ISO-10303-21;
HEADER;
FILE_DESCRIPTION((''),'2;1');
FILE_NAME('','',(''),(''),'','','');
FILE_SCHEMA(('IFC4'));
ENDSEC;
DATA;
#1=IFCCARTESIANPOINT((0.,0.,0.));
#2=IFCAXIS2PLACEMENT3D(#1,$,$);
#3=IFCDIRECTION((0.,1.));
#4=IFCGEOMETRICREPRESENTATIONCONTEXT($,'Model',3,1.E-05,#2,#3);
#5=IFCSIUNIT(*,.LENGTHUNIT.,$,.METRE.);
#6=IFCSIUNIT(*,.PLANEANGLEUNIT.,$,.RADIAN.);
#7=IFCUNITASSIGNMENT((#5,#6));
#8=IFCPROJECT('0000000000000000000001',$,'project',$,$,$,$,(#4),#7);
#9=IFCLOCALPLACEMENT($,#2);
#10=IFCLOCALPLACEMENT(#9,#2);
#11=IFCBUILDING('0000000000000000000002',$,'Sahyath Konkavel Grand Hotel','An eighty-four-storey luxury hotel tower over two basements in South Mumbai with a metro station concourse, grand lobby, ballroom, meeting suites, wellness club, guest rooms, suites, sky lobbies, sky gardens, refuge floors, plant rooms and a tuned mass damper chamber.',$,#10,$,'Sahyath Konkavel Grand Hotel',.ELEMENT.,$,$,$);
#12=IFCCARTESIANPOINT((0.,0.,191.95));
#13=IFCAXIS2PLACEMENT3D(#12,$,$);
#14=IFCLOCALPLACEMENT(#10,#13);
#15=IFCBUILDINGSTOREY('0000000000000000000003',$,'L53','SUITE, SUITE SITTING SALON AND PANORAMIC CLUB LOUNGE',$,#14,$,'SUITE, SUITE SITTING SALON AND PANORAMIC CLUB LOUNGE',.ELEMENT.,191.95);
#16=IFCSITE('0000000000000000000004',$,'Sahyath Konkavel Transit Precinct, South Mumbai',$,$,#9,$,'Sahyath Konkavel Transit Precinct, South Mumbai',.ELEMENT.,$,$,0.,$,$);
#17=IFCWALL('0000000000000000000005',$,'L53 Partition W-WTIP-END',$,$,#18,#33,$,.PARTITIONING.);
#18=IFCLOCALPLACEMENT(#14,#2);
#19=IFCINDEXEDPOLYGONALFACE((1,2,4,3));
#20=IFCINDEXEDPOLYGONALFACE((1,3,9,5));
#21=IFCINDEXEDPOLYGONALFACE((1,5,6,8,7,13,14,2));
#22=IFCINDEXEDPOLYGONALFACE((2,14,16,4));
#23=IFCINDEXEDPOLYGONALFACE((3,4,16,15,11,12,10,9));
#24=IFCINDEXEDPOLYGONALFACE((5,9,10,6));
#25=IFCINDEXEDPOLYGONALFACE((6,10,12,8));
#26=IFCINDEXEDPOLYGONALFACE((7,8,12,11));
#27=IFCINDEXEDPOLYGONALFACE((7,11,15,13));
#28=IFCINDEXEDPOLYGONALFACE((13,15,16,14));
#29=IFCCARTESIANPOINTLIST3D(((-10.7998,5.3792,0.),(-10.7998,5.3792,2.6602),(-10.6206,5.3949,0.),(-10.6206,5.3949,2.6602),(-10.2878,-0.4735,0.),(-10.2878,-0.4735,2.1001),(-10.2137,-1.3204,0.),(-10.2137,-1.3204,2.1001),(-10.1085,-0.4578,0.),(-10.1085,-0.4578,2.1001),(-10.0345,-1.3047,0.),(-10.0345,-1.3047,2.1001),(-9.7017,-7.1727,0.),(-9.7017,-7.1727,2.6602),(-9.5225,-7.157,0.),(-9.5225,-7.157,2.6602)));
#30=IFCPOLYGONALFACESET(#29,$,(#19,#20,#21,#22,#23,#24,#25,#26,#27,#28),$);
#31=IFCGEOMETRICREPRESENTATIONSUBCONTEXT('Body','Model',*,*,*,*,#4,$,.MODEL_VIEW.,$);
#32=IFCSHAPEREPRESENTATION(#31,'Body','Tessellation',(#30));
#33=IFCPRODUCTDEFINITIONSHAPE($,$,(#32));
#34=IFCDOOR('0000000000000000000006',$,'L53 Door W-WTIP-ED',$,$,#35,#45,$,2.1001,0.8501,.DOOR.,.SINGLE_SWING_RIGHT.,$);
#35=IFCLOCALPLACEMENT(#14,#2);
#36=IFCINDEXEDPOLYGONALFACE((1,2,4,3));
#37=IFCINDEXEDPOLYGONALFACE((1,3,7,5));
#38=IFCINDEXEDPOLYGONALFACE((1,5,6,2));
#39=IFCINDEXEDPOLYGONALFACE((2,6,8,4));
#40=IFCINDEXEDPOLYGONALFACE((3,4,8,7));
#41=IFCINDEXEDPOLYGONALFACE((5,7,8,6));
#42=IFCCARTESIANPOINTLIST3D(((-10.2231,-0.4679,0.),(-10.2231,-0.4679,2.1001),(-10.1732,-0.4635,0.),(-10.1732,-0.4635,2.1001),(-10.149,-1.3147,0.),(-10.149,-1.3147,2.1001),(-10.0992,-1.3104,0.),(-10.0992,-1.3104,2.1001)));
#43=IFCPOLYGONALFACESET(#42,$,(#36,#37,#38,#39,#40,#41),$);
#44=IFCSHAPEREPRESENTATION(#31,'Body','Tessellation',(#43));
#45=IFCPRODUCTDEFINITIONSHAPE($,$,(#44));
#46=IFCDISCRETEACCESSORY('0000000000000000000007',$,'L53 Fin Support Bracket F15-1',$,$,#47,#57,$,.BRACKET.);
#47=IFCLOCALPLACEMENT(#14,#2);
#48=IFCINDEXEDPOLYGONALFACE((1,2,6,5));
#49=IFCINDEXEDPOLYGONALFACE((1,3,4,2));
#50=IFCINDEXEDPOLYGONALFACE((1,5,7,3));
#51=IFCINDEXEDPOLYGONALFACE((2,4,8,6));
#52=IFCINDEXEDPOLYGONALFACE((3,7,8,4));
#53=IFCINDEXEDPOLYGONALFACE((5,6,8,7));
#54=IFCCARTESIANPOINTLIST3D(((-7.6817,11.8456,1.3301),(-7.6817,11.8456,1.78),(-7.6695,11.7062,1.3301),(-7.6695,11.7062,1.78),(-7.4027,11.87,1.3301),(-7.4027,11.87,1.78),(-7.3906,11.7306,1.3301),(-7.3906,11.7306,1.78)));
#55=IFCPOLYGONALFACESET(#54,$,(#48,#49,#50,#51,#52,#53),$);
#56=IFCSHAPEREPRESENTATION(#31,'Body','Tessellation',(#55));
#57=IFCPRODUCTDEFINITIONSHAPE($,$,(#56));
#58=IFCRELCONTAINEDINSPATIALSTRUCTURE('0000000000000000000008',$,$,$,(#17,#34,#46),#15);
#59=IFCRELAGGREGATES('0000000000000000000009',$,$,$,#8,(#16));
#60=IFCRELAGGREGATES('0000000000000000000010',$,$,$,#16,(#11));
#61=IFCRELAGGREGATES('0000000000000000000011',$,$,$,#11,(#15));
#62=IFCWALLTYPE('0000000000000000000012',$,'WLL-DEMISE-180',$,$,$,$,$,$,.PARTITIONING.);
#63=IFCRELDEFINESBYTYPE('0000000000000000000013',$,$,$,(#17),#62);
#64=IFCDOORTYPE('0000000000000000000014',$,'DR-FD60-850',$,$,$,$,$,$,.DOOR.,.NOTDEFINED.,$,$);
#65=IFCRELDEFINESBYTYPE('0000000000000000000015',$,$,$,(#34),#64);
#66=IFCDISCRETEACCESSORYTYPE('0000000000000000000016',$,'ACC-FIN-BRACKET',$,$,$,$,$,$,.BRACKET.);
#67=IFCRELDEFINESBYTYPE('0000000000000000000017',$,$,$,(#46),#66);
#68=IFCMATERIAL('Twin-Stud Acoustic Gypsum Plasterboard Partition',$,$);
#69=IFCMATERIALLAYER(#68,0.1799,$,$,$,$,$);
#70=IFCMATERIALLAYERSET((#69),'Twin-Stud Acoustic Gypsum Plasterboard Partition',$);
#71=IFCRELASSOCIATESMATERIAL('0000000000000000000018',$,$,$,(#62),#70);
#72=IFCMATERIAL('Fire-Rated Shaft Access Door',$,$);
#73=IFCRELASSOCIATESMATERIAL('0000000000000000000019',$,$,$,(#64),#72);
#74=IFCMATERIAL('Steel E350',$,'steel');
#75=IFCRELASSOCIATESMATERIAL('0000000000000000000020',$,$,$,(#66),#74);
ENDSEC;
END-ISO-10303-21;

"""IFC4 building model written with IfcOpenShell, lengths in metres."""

from ifc_helpers import new_model, si_unit, direction, frame, frame_2d, origin, origin_2d, place, context, subcontext, project, spatial, rectangle, extrude, source, transform, mapped, material, layer, layer_set, type_object, element, fill, save


model = new_model("IFC4")

# Units and contexts
model_context = context("Model", 3, precision=1e-05, world=origin(), true_north=direction((0.0, 1.0)))
body_context = subcontext(model_context, "Body", "Model", "MODEL_VIEW")
ifc_project = project(units=[si_unit("LENGTHUNIT", "METRE"), si_unit("PLANEANGLEUNIT", "RADIAN")], contexts=[model_context])

# Site, building, storey
site_placement = place(None, origin())
site = spatial("IfcSite", under=ifc_project, at=site_placement, Name="Sahyath Konkavel Transit Precinct, South Mumbai", LongName="Sahyath Konkavel Transit Precinct, South Mumbai", CompositionType="ELEMENT", RefElevation=0.0)
building_placement = place(site_placement, origin())
building = spatial("IfcBuilding", under=site, at=building_placement, Name="Sahyath Konkavel Grand Hotel", Description="An eighty-four-storey luxury hotel tower over two basements in South Mumbai with a metro station concourse, grand lobby, ballroom, meeting suites, wellness club, guest rooms, suites, sky lobbies, sky gardens, refuge floors, plant rooms and a tuned mass damper chamber.", LongName="Sahyath Konkavel Grand Hotel", CompositionType="ELEMENT")
storey_placement = place(building_placement, frame((0.0, 0.0, 191.95)))
storey = spatial("IfcBuildingStorey", under=building, at=storey_placement, Name="L53", Description="SUITE, SUITE SITTING SALON AND PANORAMIC CLUB LOUNGE", LongName="SUITE, SUITE SITTING SALON AND PANORAMIC CLUB LOUNGE", CompositionType="ELEMENT", Elevation=191.95)

# Shared definitions
ifc_material_1 = material(Name="Steel E350", Category="steel")

# Shared definitions
ifc_material_2 = material(Name="Twin-Stud Acoustic Gypsum Plasterboard Partition")
ifc_layer_1 = layer(ifc_material_2, 0.1799)
ifc_layer_set_1 = layer_set([ifc_layer_1], Name="Twin-Stud Acoustic Gypsum Plasterboard Partition")
wall_type_1 = type_object("IfcWallType", Name="WLL-DEMISE-180", PredefinedType="PARTITIONING", material=ifc_layer_set_1)

# Wall, opening, door
wall_1_placement = place(storey_placement, frame((-10.7102, 5.387, 0.0), z_axis=(0.0, 0.0, 1.0), x_axis=(0.087155, -0.996195, 0.0)))
wall_1 = element("IfcWall", 1, at=wall_1_placement, inside=storey, type_object=wall_type_1, Name="L53 Partition W-WTIP-END", PredefinedType="PARTITIONING", context=body_context, shape_type="SweptSolid", body=[
    extrude(rectangle(XDim=12.5999, YDim=0.1799, at=frame_2d((6.2998, 0.0))), origin(), (0.0, 0.0, 1.0), 2.6602),
])
opening_placement = place(wall_1_placement, frame((5.875, 0.0, 0.0)))
opening = element("IfcOpeningElement", 2, at=opening_placement, cuts=wall_1, PredefinedType="OPENING", context=body_context, shape_type="SweptSolid", body=[
    extrude(rectangle(XDim=0.8501, YDim=2.1001, at=frame_2d((0.425, 1.05))), frame((0.0, 0.1001, 0.0), z_axis=(0.0, -1.0, 0.0), x_axis=(1.0, 0.0, 0.0)), (0.0, 0.0, 1.0), 0.2),
])
ifc_material_3 = material(Name="Fire-Rated Shaft Access Door")
door_type = type_object("IfcDoorType", Name="DR-FD60-850", OperationType="NOTDEFINED", PredefinedType="DOOR", material=ifc_material_3)
shared_shape_1 = source(origin(), body_context, "Body", "SweptSolid", [
    extrude(rectangle(XDim=0.8501, YDim=0.05, at=origin_2d()), origin(), (0.0, 0.0, 1.0), 2.1001),
])
door_placement = place(opening_placement, frame((0.425, 0.0, 0.0)))
door = element("IfcDoor", 3, at=door_placement, inside=storey, type_object=door_type, Name="L53 Door W-WTIP-ED", OperationType="SINGLE_SWING_RIGHT", OverallHeight=2.1001, OverallWidth=0.8501, PredefinedType="DOOR", context=body_context, shape_type="MappedRepresentation", body=[
    mapped(shared_shape_1, transform((0.0, 0.0, 0.0), scale=1.0)),
])
fill(opening, door)

# Discrete accessory
discrete_accessory_type = type_object("IfcDiscreteAccessoryType", Name="ACC-FIN-BRACKET", PredefinedType="BRACKET", material=ifc_material_1)
shared_shape_2 = source(origin(), body_context, "Body", "SweptSolid", [
    extrude(rectangle(XDim=0.28, YDim=0.1399, at=origin_2d()), origin(), (0.0, 0.0, 1.0), 0.45),
])
discrete_accessory_placement = place(storey_placement, frame((-7.5361, 11.7881, 1.3301), z_axis=(0.0, 0.0, 1.0), x_axis=(-0.996195, -0.087156, 0.0)))
element("IfcDiscreteAccessory", 4, at=discrete_accessory_placement, inside=storey, type_object=discrete_accessory_type, Name="L53 Fin Support Bracket F15-1", PredefinedType="BRACKET", context=body_context, shape_type="MappedRepresentation", body=[
    mapped(shared_shape_2, transform((0.0, 0.0, 0.0), scale=1.0)),
])

save(model, "model.ifc")
